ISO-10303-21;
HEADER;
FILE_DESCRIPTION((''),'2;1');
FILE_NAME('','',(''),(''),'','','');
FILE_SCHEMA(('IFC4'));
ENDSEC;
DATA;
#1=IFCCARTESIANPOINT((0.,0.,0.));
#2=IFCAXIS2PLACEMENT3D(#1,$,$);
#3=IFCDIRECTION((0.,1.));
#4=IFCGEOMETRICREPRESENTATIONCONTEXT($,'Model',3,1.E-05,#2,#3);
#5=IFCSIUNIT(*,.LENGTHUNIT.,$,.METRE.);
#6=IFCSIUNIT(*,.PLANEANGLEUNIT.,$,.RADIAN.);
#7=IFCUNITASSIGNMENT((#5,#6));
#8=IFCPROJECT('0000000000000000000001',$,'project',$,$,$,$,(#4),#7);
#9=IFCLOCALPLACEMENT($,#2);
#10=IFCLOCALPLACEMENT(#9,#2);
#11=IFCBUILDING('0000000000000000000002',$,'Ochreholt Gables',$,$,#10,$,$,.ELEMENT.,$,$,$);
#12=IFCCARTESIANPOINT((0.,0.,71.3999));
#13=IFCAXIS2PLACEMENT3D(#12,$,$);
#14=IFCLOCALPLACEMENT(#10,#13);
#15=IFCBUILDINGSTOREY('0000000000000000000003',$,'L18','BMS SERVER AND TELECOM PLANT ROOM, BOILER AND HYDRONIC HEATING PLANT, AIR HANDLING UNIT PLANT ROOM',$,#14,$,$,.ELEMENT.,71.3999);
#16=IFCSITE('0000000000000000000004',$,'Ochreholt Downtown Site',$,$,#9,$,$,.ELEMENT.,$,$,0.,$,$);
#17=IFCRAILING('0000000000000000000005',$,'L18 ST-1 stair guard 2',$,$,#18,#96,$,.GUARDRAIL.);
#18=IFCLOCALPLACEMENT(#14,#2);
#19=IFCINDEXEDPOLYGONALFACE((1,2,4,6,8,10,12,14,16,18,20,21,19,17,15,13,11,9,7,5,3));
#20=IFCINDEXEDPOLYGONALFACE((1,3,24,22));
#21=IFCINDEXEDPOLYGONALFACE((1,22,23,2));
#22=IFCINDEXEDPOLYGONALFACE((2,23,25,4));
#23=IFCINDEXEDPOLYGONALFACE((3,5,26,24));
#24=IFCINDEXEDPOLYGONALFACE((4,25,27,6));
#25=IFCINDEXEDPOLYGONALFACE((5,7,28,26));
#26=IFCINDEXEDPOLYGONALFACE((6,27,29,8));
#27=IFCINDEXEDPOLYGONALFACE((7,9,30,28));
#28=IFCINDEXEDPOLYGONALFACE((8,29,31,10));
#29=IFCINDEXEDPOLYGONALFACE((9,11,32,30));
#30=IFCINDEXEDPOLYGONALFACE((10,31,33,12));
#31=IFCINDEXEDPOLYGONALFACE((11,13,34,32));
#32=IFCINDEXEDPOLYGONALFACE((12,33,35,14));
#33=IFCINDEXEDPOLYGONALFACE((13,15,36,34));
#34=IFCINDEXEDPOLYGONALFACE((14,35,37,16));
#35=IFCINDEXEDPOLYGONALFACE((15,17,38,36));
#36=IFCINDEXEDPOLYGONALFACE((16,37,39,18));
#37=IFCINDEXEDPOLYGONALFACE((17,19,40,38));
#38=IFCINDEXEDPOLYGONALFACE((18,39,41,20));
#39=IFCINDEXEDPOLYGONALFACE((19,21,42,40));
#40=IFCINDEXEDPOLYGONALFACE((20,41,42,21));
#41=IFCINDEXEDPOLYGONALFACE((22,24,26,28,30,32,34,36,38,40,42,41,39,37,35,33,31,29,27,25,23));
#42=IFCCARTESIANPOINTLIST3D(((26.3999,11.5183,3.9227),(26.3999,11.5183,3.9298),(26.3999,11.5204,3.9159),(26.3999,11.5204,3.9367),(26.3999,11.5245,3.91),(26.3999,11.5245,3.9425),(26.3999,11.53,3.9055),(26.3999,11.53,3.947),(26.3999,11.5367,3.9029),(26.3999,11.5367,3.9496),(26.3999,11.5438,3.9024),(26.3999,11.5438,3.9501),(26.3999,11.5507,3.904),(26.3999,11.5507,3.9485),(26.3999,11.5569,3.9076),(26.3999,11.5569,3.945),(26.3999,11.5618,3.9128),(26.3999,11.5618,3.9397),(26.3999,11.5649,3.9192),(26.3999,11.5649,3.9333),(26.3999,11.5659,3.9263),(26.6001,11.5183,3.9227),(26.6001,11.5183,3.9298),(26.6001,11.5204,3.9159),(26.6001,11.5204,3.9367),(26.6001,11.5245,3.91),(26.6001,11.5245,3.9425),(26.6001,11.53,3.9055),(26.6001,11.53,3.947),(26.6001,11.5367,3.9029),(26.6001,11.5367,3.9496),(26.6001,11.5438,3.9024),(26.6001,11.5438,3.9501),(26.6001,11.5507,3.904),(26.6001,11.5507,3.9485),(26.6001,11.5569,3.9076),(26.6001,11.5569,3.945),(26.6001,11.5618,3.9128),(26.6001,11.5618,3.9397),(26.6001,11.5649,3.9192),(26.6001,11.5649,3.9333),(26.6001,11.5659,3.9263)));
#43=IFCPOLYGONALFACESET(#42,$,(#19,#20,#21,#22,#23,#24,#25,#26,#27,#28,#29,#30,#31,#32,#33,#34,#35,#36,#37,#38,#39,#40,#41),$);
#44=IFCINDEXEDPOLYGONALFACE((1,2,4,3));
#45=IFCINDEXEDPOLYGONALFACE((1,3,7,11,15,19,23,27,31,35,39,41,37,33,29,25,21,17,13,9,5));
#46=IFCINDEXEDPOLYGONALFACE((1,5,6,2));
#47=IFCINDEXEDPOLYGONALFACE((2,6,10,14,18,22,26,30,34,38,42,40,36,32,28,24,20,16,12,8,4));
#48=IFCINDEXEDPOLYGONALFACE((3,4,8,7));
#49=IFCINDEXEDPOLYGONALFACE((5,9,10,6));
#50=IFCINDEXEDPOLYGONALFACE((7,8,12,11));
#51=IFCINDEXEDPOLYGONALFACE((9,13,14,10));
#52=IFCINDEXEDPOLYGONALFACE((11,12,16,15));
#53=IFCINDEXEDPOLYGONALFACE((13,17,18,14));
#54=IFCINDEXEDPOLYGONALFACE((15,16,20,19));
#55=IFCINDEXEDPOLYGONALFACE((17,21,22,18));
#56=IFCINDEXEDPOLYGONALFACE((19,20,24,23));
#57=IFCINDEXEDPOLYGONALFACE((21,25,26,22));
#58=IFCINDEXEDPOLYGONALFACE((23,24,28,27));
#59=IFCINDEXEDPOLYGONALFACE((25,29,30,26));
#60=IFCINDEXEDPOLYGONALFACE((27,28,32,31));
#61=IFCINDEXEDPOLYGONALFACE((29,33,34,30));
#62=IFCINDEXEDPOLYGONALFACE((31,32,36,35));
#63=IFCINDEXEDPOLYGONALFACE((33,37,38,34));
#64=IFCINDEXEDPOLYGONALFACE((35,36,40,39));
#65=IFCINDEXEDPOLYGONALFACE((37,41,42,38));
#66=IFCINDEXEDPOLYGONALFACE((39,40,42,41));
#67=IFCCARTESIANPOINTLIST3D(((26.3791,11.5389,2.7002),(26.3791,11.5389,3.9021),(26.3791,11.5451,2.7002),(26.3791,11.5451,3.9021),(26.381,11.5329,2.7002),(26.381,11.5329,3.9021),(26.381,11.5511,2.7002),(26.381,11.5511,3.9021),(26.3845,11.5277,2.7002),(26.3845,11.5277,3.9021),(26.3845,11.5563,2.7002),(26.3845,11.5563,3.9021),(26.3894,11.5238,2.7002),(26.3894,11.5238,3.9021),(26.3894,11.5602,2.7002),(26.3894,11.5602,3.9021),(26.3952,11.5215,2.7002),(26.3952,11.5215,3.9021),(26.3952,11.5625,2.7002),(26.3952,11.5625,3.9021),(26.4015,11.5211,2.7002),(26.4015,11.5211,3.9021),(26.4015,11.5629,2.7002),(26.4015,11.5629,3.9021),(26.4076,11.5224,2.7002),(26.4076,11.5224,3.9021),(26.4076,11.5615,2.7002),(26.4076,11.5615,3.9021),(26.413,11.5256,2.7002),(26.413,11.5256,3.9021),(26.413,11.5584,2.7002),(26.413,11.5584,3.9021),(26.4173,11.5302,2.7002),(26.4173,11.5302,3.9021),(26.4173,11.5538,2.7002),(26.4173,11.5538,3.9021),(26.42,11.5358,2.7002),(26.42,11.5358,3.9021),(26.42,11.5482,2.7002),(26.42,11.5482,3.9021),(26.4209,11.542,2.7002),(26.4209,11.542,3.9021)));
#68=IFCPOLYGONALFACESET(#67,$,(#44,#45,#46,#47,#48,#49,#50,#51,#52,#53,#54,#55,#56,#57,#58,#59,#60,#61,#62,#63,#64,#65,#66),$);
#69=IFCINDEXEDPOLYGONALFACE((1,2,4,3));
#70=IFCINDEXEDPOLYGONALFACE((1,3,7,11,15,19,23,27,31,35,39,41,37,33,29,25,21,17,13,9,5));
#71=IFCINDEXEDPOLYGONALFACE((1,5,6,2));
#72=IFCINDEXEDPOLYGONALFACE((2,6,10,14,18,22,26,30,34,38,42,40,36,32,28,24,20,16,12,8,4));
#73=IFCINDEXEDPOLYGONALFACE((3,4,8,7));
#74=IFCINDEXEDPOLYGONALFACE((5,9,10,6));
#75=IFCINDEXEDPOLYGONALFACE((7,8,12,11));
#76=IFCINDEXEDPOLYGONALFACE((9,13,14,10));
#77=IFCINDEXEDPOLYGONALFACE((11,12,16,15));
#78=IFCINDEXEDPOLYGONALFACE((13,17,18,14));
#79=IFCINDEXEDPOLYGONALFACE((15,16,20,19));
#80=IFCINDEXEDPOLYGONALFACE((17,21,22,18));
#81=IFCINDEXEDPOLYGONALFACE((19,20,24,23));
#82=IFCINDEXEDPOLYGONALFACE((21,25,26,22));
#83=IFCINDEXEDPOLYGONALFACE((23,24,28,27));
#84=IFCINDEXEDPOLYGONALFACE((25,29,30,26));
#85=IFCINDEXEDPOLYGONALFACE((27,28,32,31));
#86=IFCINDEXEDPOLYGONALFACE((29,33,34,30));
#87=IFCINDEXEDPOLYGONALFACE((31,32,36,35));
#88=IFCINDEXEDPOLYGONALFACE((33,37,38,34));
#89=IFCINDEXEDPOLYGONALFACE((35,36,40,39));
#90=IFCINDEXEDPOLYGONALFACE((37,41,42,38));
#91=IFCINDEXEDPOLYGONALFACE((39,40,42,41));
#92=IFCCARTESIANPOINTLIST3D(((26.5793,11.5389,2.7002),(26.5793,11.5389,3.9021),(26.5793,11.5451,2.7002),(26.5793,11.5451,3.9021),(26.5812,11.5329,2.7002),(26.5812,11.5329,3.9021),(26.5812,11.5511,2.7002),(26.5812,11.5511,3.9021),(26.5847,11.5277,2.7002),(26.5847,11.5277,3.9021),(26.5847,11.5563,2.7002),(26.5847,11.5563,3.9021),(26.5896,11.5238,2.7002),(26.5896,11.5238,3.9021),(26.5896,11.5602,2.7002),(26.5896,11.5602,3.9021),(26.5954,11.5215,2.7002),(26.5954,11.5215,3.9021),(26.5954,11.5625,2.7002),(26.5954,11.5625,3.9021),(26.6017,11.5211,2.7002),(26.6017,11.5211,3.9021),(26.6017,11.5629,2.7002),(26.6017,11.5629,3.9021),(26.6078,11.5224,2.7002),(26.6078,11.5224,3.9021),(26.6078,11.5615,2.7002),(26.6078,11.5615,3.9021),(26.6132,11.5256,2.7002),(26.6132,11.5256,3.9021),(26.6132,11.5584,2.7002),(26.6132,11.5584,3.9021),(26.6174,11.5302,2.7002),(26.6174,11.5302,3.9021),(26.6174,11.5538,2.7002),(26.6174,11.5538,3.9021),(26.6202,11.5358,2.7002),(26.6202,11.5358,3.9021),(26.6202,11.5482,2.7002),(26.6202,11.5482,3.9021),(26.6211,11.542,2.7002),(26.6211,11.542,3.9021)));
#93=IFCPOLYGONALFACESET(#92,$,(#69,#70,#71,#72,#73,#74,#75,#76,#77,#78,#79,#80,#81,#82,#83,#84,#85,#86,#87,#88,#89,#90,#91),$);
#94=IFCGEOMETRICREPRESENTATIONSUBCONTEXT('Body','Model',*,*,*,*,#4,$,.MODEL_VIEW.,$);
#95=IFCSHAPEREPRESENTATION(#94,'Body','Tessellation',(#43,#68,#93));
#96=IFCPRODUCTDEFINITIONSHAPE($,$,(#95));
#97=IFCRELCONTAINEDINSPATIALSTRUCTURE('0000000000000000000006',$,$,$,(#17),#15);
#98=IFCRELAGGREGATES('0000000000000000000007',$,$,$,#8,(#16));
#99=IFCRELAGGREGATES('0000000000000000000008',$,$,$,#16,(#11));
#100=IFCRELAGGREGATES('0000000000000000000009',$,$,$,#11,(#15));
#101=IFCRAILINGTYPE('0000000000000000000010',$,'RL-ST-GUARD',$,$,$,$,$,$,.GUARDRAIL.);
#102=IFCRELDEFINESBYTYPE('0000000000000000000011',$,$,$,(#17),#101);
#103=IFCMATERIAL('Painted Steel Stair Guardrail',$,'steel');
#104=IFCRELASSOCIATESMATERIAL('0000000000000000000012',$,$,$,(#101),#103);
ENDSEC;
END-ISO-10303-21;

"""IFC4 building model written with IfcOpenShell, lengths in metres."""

from ifc_helpers import new_model, si_unit, direction, frame, origin, origin_2d, place, context, subcontext, project, spatial, circle, extrude, material, type_object, element, save


model = new_model("IFC4")

# Units and contexts
model_context = context("Model", 3, precision=1e-05, world=origin(), true_north=direction((0.0, 1.0)))
body_context = subcontext(model_context, "Body", "Model", "MODEL_VIEW")
ifc_project = project(units=[si_unit("LENGTHUNIT", "METRE"), si_unit("PLANEANGLEUNIT", "RADIAN")], contexts=[model_context])

# Site, building, storey
site_placement = place(None, origin())
site = spatial("IfcSite", under=ifc_project, at=site_placement, Name="Ochreholt Downtown Site", CompositionType="ELEMENT", RefElevation=0.0)
building_placement = place(site_placement, origin())
building = spatial("IfcBuilding", under=site, at=building_placement, Name="Ochreholt Gables", CompositionType="ELEMENT")
storey_placement = place(building_placement, frame((0.0, 0.0, 71.3999)))
storey = spatial("IfcBuildingStorey", under=building, at=storey_placement, Name="L18", Description="BMS SERVER AND TELECOM PLANT ROOM, BOILER AND HYDRONIC HEATING PLANT, AIR HANDLING UNIT PLANT ROOM", CompositionType="ELEMENT", Elevation=71.3999)

# Railing
ifc_material_1 = material(Name="Painted Steel Stair Guardrail", Category="steel")
railing_type = type_object("IfcRailingType", Name="RL-ST-GUARD", PredefinedType="GUARDRAIL", material=ifc_material_1)
railing_placement = place(storey_placement, frame((26.3999, 11.542, 2.7002)))
element("IfcRailing", 1, at=railing_placement, inside=storey, type_object=railing_type, Name="L18 ST-1 stair guard 2", PredefinedType="GUARDRAIL", context=body_context, shape_type="SweptSolid", body=[
    extrude(circle(Radius=0.0239, at=origin_2d()), frame((0.0, 0.0, 1.2261), z_axis=(1.0, 0.0, 0.0), x_axis=(0.0, 1.0, 0.0)), (0.0, 0.0, 1.0), 0.2002),
    extrude(circle(Radius=0.021, at=origin_2d()), origin(), (0.0, 0.0, 1.0), 1.2019),
    extrude(circle(Radius=0.021, at=origin_2d()), frame((0.2002, 0.0, 0.0)), (0.0, 0.0, 1.0), 1.2019),
])

save(model, "model.ifc")
